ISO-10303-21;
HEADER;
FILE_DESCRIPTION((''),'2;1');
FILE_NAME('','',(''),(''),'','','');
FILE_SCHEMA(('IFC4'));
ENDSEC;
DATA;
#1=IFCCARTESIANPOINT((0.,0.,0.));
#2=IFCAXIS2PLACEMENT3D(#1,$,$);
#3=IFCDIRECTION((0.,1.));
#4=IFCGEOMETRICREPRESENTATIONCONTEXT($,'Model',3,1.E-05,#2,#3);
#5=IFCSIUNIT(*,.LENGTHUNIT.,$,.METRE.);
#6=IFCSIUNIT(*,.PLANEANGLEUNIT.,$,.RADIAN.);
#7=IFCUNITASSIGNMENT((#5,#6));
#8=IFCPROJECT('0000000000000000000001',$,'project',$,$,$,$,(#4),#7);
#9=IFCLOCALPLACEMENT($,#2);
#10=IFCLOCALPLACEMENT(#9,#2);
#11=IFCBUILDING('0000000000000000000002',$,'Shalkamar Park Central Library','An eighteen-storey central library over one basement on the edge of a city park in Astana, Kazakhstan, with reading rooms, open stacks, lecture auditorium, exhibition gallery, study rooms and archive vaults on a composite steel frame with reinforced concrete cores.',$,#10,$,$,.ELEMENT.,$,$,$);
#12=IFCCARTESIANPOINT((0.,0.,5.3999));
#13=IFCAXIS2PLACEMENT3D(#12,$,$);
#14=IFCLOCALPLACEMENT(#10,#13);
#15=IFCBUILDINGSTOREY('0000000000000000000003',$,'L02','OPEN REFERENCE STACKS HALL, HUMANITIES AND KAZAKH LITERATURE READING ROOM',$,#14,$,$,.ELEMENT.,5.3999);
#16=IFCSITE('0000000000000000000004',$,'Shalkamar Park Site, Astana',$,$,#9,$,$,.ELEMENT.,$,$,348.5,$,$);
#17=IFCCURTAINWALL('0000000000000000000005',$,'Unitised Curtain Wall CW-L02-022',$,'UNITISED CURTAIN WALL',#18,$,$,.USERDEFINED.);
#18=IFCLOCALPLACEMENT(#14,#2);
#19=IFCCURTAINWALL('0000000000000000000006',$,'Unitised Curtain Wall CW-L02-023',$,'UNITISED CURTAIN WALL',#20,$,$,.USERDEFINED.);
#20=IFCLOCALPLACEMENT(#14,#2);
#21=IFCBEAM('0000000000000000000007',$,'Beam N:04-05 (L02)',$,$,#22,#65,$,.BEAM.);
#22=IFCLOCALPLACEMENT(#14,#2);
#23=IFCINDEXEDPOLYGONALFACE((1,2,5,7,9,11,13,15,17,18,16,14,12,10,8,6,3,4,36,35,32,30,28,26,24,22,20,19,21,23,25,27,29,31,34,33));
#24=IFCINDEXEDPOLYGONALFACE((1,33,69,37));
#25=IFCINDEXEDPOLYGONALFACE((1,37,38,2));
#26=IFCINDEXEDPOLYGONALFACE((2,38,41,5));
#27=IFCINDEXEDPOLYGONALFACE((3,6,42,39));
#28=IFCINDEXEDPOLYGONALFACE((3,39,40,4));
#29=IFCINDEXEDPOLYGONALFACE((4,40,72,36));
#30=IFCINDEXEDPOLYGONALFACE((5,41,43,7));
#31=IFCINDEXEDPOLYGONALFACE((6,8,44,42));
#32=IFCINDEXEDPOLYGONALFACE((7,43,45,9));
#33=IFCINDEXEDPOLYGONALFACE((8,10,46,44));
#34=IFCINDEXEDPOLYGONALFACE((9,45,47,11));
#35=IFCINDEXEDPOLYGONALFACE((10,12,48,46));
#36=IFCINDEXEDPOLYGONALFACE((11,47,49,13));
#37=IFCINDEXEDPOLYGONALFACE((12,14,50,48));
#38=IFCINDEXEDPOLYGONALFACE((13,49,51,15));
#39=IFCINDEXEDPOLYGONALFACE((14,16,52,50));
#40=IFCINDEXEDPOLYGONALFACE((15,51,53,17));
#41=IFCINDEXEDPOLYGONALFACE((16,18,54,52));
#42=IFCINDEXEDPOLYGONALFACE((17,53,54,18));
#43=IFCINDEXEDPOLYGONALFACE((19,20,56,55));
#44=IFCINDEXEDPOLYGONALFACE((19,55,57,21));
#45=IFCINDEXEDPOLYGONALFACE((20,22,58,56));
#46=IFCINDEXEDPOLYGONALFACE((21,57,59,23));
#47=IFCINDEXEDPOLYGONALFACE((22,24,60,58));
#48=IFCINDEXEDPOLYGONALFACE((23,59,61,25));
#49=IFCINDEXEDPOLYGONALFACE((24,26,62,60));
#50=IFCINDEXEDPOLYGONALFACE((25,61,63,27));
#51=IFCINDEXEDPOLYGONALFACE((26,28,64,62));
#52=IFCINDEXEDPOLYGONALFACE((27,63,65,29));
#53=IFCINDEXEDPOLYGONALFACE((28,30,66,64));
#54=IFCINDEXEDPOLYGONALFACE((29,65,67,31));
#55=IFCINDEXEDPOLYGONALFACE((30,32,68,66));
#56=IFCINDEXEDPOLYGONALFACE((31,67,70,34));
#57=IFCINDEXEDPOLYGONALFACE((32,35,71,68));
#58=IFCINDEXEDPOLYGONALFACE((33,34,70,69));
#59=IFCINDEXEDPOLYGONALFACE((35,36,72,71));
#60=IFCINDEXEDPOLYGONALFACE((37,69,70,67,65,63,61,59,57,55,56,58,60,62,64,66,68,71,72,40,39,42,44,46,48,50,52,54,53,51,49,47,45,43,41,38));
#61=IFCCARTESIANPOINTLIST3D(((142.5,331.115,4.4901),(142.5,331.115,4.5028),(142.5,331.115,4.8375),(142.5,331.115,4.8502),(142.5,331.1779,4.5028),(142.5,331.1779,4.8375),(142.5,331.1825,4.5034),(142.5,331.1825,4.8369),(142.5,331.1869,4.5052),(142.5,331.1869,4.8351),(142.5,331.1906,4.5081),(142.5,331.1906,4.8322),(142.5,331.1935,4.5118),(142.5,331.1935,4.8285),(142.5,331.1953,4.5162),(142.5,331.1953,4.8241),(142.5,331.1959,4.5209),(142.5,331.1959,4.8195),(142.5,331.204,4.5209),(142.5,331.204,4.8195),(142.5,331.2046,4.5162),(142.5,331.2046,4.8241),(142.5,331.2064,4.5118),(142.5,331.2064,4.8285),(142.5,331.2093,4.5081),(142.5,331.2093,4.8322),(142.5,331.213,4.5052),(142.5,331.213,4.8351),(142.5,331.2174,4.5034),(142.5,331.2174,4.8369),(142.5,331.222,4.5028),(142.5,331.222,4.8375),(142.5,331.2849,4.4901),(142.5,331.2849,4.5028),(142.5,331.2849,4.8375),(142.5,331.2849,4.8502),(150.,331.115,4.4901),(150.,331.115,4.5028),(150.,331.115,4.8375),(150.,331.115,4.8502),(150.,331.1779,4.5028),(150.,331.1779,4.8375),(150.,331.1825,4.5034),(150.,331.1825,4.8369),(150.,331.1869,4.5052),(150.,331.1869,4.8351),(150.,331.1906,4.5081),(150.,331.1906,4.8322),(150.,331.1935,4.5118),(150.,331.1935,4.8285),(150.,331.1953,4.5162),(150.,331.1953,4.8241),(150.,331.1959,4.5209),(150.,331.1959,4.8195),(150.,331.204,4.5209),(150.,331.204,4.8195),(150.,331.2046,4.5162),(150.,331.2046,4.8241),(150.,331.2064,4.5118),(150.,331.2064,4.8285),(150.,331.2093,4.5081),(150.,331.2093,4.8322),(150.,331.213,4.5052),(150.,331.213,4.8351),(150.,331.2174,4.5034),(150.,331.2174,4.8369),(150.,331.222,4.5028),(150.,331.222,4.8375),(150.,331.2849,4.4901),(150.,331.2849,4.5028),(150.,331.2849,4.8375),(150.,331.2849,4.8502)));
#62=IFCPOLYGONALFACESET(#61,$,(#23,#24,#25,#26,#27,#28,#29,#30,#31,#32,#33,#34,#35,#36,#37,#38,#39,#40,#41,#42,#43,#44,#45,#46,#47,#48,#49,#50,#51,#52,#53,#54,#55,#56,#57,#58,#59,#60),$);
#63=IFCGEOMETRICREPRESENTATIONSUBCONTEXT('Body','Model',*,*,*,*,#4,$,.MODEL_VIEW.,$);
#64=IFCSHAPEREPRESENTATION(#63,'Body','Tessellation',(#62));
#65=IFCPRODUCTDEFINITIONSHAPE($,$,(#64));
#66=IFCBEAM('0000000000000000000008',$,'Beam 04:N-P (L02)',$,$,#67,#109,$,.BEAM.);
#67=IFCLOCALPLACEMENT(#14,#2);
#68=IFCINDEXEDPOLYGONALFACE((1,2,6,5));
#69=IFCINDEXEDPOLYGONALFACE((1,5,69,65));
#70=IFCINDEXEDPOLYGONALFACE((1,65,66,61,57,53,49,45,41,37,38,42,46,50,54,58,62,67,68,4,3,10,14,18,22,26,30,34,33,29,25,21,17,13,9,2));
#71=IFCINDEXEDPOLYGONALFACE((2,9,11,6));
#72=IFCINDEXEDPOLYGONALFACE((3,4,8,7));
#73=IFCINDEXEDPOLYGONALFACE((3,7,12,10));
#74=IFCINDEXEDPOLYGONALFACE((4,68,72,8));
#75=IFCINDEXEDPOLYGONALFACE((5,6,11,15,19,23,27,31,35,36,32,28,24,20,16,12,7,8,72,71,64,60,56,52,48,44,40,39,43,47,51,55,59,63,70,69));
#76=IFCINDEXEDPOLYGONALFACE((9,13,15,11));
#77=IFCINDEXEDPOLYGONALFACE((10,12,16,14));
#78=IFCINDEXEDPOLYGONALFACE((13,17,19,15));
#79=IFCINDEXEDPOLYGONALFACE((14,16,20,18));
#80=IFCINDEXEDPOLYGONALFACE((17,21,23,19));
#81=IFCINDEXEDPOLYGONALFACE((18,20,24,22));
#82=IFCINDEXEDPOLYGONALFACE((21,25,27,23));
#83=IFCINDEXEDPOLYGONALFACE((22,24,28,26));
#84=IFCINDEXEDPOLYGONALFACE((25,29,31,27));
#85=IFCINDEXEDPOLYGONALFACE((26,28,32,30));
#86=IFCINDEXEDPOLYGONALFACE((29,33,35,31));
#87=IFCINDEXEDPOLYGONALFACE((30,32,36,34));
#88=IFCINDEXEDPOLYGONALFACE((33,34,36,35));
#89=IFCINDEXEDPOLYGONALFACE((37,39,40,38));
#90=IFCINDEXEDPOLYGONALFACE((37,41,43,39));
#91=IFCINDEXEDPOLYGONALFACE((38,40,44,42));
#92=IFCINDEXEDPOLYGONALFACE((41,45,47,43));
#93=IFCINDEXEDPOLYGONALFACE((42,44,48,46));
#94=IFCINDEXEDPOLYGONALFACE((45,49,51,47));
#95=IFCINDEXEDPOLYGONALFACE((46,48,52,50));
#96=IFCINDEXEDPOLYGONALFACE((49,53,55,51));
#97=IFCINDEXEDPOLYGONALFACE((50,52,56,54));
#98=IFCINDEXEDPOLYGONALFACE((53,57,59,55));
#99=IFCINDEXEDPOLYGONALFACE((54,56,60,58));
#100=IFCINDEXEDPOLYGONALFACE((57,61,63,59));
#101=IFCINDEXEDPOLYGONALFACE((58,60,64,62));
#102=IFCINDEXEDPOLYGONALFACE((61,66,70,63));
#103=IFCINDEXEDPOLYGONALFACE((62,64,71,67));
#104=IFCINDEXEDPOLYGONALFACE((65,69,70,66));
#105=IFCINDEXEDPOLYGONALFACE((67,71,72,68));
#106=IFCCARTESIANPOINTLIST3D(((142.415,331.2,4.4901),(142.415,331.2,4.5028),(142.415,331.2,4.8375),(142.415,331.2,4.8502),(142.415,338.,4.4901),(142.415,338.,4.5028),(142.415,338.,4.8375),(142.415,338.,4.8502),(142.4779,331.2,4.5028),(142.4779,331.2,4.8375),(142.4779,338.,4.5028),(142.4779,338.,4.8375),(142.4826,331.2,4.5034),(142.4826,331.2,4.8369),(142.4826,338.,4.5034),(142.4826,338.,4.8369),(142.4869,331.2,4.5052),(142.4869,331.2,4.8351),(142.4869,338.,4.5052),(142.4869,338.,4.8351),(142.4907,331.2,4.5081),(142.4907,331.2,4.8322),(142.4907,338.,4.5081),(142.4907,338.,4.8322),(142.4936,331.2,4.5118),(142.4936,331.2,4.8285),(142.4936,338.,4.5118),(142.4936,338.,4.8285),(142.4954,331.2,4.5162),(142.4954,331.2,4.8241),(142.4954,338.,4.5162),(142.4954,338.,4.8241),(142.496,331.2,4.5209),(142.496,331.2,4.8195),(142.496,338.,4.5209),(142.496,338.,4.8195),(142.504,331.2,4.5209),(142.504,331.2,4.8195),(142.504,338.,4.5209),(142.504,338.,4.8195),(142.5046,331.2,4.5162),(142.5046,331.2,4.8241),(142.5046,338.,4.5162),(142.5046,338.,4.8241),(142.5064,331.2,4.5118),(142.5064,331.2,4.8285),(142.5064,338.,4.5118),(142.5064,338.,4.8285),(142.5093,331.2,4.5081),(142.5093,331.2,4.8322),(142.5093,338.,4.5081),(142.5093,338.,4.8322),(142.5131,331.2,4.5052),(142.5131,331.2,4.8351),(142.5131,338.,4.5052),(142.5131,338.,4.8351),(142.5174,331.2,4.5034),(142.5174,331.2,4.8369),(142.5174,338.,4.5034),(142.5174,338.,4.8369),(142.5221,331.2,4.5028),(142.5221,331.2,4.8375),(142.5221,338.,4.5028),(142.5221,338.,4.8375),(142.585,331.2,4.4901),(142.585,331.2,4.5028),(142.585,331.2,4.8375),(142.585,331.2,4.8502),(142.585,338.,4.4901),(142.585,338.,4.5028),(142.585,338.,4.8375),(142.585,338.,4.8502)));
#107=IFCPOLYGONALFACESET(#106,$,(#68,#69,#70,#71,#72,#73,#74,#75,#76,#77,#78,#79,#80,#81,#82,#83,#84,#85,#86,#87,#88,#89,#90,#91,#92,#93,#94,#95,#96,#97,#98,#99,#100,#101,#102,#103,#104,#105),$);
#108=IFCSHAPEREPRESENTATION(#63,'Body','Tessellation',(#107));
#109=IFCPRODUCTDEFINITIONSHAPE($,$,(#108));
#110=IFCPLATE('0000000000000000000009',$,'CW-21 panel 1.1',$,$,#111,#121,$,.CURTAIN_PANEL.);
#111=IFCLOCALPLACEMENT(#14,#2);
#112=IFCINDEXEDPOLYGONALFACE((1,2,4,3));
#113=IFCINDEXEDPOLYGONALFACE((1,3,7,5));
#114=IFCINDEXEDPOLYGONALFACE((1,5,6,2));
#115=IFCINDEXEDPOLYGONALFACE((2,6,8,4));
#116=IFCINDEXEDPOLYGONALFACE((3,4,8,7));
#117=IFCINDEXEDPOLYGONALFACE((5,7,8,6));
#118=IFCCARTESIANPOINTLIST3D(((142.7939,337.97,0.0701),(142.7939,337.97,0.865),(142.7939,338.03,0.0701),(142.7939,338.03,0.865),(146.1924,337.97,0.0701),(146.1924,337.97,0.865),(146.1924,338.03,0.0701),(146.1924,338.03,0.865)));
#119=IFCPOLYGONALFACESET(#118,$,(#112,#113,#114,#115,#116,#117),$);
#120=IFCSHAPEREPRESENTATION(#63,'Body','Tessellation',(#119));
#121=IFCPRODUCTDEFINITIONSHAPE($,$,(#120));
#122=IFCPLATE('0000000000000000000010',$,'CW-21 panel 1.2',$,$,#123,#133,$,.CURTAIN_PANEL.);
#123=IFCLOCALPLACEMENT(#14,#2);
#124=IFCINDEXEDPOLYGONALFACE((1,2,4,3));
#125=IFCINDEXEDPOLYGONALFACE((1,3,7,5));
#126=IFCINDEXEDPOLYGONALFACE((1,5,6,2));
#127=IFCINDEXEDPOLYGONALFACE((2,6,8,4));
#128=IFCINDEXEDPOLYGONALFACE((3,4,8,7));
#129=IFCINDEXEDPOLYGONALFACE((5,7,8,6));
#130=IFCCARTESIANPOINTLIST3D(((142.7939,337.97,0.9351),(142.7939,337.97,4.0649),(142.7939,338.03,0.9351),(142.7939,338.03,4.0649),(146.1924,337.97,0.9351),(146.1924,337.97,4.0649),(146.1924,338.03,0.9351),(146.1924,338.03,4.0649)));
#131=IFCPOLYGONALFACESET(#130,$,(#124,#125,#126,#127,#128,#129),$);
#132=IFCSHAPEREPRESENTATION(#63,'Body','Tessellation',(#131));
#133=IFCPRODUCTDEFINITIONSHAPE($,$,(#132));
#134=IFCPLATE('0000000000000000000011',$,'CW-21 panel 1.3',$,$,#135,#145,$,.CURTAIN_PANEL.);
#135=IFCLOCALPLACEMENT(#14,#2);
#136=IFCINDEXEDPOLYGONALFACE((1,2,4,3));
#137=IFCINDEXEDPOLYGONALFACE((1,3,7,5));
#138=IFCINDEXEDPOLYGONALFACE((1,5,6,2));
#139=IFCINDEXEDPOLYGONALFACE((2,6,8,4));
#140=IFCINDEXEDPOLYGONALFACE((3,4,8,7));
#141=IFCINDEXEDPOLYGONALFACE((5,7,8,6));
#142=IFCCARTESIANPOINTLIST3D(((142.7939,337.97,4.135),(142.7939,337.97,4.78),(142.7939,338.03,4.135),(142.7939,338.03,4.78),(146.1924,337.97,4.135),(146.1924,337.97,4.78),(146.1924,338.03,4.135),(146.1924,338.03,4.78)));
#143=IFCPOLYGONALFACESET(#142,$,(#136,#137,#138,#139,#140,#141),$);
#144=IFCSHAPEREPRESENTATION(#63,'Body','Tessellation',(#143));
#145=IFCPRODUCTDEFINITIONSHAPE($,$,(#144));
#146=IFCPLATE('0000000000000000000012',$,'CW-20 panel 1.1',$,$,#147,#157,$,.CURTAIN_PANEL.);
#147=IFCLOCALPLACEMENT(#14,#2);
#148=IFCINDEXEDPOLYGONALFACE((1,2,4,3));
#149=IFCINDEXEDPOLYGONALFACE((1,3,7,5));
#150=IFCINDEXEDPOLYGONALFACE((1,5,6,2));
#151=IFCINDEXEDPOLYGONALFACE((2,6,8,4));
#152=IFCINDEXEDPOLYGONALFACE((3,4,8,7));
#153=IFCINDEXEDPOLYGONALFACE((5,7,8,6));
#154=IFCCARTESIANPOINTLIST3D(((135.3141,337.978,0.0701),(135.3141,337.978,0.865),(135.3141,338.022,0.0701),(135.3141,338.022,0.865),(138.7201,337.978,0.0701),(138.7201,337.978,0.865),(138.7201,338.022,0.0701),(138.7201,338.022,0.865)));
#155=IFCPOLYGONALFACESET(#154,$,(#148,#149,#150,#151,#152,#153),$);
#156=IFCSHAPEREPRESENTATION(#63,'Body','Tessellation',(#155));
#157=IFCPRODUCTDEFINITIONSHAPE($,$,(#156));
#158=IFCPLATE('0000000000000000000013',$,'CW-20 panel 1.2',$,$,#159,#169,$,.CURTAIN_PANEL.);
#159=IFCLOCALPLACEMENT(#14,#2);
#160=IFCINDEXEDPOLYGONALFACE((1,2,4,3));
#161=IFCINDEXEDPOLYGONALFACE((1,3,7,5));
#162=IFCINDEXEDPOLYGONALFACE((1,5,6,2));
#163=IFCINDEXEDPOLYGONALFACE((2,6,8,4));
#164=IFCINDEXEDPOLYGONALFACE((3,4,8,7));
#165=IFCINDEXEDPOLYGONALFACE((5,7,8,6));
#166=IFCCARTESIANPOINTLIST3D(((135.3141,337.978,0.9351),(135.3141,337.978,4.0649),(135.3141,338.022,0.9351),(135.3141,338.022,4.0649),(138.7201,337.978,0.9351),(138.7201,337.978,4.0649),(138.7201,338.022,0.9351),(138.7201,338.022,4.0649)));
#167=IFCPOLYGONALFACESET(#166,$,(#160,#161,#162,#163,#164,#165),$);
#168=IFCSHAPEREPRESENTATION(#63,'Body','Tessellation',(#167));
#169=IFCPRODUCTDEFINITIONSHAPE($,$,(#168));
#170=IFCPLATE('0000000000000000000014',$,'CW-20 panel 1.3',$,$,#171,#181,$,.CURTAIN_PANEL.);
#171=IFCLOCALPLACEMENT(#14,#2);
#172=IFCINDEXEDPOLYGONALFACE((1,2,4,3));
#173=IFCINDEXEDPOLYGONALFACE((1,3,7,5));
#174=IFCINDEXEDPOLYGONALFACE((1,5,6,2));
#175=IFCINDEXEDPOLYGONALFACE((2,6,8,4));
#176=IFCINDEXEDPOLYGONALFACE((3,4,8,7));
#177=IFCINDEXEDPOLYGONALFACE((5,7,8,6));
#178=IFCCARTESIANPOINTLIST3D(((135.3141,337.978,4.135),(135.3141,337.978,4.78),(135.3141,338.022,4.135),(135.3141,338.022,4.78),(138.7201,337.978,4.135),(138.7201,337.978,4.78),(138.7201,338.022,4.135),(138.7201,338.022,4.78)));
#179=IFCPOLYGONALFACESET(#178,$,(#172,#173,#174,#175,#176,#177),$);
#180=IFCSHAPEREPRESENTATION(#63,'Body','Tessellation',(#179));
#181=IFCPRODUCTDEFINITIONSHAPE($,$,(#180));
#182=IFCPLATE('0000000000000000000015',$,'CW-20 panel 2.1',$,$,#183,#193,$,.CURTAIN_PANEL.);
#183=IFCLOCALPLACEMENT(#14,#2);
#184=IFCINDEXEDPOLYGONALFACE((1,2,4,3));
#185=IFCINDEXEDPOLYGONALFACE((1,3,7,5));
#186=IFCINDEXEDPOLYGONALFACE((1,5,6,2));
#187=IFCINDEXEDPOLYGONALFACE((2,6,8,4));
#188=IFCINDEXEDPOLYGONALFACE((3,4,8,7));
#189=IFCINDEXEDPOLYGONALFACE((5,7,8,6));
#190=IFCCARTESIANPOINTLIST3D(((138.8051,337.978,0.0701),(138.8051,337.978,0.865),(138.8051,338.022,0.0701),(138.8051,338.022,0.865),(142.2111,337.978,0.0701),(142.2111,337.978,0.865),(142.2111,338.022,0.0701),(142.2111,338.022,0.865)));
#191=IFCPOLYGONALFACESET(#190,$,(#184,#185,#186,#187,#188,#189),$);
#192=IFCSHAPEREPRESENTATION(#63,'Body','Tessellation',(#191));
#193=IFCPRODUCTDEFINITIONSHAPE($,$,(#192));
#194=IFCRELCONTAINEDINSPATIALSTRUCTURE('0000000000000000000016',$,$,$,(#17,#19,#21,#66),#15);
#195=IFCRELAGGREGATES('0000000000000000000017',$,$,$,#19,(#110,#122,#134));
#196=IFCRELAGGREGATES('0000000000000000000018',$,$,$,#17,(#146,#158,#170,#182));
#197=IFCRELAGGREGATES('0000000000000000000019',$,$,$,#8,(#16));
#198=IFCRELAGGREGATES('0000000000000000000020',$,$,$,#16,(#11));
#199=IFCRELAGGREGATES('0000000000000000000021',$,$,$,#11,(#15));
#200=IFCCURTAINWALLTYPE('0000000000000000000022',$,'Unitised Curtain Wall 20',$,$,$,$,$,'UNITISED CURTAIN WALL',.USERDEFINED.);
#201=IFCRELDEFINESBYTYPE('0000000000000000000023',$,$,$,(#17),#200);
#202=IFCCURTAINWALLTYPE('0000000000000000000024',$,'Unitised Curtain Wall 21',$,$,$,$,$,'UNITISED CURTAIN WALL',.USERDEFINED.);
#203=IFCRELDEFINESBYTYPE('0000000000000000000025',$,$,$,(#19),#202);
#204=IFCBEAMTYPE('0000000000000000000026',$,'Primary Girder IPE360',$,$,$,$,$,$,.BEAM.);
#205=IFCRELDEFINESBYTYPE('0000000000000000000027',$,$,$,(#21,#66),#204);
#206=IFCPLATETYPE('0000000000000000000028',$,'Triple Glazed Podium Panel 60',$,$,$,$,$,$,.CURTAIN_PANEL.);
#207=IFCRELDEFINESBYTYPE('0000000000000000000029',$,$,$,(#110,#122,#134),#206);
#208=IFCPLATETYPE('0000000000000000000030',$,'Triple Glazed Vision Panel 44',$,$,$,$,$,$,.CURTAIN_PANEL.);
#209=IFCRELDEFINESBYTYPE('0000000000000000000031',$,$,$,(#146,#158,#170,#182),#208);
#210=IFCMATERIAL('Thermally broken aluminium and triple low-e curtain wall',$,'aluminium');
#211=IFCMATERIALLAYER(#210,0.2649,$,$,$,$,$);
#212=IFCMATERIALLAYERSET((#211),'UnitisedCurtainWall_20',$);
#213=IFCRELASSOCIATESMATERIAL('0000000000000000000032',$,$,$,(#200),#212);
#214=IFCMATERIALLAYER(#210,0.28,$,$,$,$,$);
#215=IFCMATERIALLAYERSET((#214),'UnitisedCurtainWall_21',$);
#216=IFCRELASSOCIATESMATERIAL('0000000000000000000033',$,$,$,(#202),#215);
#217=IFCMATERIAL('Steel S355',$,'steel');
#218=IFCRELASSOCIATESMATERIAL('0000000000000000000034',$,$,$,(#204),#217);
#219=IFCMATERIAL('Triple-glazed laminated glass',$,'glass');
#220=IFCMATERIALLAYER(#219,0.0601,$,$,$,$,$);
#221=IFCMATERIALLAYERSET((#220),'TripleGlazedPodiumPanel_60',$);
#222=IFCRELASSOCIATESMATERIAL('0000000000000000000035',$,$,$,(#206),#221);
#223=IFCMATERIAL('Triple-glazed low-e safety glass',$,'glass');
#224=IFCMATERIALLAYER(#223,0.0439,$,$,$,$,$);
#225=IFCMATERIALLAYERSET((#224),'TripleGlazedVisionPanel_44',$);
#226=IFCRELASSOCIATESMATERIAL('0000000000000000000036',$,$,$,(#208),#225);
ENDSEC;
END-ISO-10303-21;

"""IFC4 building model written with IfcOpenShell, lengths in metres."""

from ifc_helpers import new_model, si_unit, direction, frame, origin, origin_2d, place, context, subcontext, project, spatial, rectangle, i_section, extrude, material, layer, layer_set, material_profile, profile_set, type_object, element, aggregate, save


model = new_model("IFC4")

# Units and contexts
model_context = context("Model", 3, precision=1e-05, world=origin(), true_north=direction((0.0, 1.0)))
body_context = subcontext(model_context, "Body", "Model", "MODEL_VIEW")
ifc_project = project(units=[si_unit("LENGTHUNIT", "METRE"), si_unit("PLANEANGLEUNIT", "RADIAN")], contexts=[model_context])

# Site, building, storey
site_placement = place(None, origin())
site = spatial("IfcSite", under=ifc_project, at=site_placement, Name="Shalkamar Park Site, Astana", CompositionType="ELEMENT", RefElevation=348.5)
building_placement = place(site_placement, origin())
building = spatial("IfcBuilding", under=site, at=building_placement, Name="Shalkamar Park Central Library", Description="An eighteen-storey central library over one basement on the edge of a city park in Astana, Kazakhstan, with reading rooms, open stacks, lecture auditorium, exhibition gallery, study rooms and archive vaults on a composite steel frame with reinforced concrete cores.", CompositionType="ELEMENT")
storey_placement = place(building_placement, frame((0.0, 0.0, 5.3999)))
storey = spatial("IfcBuildingStorey", under=building, at=storey_placement, Name="L02", Description="OPEN REFERENCE STACKS HALL, HUMANITIES AND KAZAKH LITERATURE READING ROOM", CompositionType="ELEMENT", Elevation=5.3999)

# Shared definitions
ifc_material_1 = material(Name="Steel S355", Category="steel")

# Curtain walls
ifc_material_2 = material(Name="Thermally broken aluminium and triple low-e curtain wall", Category="aluminium")
ifc_layer_1 = layer(ifc_material_2, 0.2649)
ifc_layer_set_1 = layer_set([ifc_layer_1], Name="UnitisedCurtainWall_20")
curtain_wall_type_1 = type_object("IfcCurtainWallType", Name="Unitised Curtain Wall 20", ElementType="UNITISED CURTAIN WALL", PredefinedType="USERDEFINED", material=ifc_layer_set_1)
curtain_wall_1_placement = place(storey_placement, origin())
curtain_wall_1 = element("IfcCurtainWall", 1, at=curtain_wall_1_placement, inside=storey, type_object=curtain_wall_type_1, Name="Unitised Curtain Wall CW-L02-022", ObjectType="UNITISED CURTAIN WALL", PredefinedType="USERDEFINED")
ifc_layer_2 = layer(ifc_material_2, 0.28)
ifc_layer_set_2 = layer_set([ifc_layer_2], Name="UnitisedCurtainWall_21")
curtain_wall_type_2 = type_object("IfcCurtainWallType", Name="Unitised Curtain Wall 21", ElementType="UNITISED CURTAIN WALL", PredefinedType="USERDEFINED", material=ifc_layer_set_2)
curtain_wall_2_placement = place(storey_placement, origin())
curtain_wall_2 = element("IfcCurtainWall", 2, at=curtain_wall_2_placement, inside=storey, type_object=curtain_wall_type_2, Name="Unitised Curtain Wall CW-L02-023", ObjectType="UNITISED CURTAIN WALL", PredefinedType="USERDEFINED")

# Beams
ifc_material_profile_1 = material_profile(ifc_material_1, i_section(OverallWidth=0.1699, OverallDepth=0.3601, WebThickness=0.0081, FlangeThickness=0.0127, FilletRadius=0.0181, at=origin_2d()), Name="IPE 360")
ifc_profile_set_1 = profile_set([ifc_material_profile_1], Name="Steel S355")
beam_type_1 = type_object("IfcBeamType", Name="Primary Girder IPE360", PredefinedType="BEAM", material=ifc_profile_set_1)
beam_1_placement = place(storey_placement, frame((142.5, 331.2, 4.6702), z_axis=(1.0, 0.0, 0.0), x_axis=(0.0, 1.0, 0.0)))
element("IfcBeam", 3, at=beam_1_placement, inside=storey, type_object=beam_type_1, Name="Beam N:04-05 (L02)", PredefinedType="BEAM", context=body_context, shape_type="SweptSolid", body=[
    extrude(i_section(OverallWidth=0.1699, OverallDepth=0.3601, WebThickness=0.0081, FlangeThickness=0.0127, FilletRadius=0.0181, at=origin_2d()), origin(), (0.0, 0.0, 1.0), 7.5),
])
beam_2_placement = place(storey_placement, frame((142.5, 331.2, 4.6702), z_axis=(0.0, 1.0, 0.0), x_axis=(-1.0, 0.0, 0.0)))
element("IfcBeam", 4, at=beam_2_placement, inside=storey, type_object=beam_type_1, Name="Beam 04:N-P (L02)", PredefinedType="BEAM", context=body_context, shape_type="SweptSolid", body=[
    extrude(i_section(OverallWidth=0.1699, OverallDepth=0.3601, WebThickness=0.0081, FlangeThickness=0.0127, FilletRadius=0.0181, at=origin_2d()), origin(), (0.0, 0.0, 1.0), 6.8),
])

# Plates
ifc_material_3 = material(Name="Triple-glazed laminated glass", Category="glass")
ifc_layer_3 = layer(ifc_material_3, 0.0601)
ifc_layer_set_3 = layer_set([ifc_layer_3], Name="TripleGlazedPodiumPanel_60")
plate_type_1 = type_object("IfcPlateType", Name="Triple Glazed Podium Panel 60", PredefinedType="CURTAIN_PANEL", material=ifc_layer_set_3)
plate_1_placement = place(storey_placement, frame((144.4932, 338.0, 0.0701), z_axis=(0.0, 0.0, 1.0), x_axis=(1.0, 0.0, 0.0)))
plate_1 = element("IfcPlate", 5, at=plate_1_placement, type_object=plate_type_1, Name="CW-21 panel 1.1", PredefinedType="CURTAIN_PANEL", context=body_context, shape_type="SweptSolid", body=[
    extrude(rectangle(XDim=3.3984, YDim=0.0601, at=origin_2d()), origin(), (0.0, 0.0, 1.0), 0.7949),
])
plate_2_placement = place(storey_placement, frame((144.4932, 338.0, 0.9351), z_axis=(0.0, 0.0, 1.0), x_axis=(1.0, 0.0, 0.0)))
plate_2 = element("IfcPlate", 6, at=plate_2_placement, type_object=plate_type_1, Name="CW-21 panel 1.2", PredefinedType="CURTAIN_PANEL", context=body_context, shape_type="SweptSolid", body=[
    extrude(rectangle(XDim=3.3984, YDim=0.0601, at=origin_2d()), origin(), (0.0, 0.0, 1.0), 3.1299),
])
plate_3_placement = place(storey_placement, frame((144.4932, 338.0, 4.135), z_axis=(0.0, 0.0, 1.0), x_axis=(1.0, 0.0, 0.0)))
plate_3 = element("IfcPlate", 7, at=plate_3_placement, type_object=plate_type_1, Name="CW-21 panel 1.3", PredefinedType="CURTAIN_PANEL", context=body_context, shape_type="SweptSolid", body=[
    extrude(rectangle(XDim=3.3984, YDim=0.0601, at=origin_2d()), origin(), (0.0, 0.0, 1.0), 0.645),
])
aggregate(curtain_wall_2, [plate_1, plate_2, plate_3])
ifc_material_4 = material(Name="Triple-glazed low-e safety glass", Category="glass")
ifc_layer_4 = layer(ifc_material_4, 0.0439)
ifc_layer_set_4 = layer_set([ifc_layer_4], Name="TripleGlazedVisionPanel_44")
plate_type_2 = type_object("IfcPlateType", Name="Triple Glazed Vision Panel 44", PredefinedType="CURTAIN_PANEL", material=ifc_layer_set_4)
plate_4_placement = place(storey_placement, frame((137.0171, 338.0, 0.0701), z_axis=(0.0, 0.0, 1.0), x_axis=(1.0, 0.0, 0.0)))
plate_4 = element("IfcPlate", 8, at=plate_4_placement, type_object=plate_type_2, Name="CW-20 panel 1.1", PredefinedType="CURTAIN_PANEL", context=body_context, shape_type="SweptSolid", body=[
    extrude(rectangle(XDim=3.406, YDim=0.0439, at=origin_2d()), origin(), (0.0, 0.0, 1.0), 0.7949),
])
plate_5_placement = place(storey_placement, frame((137.0171, 338.0, 0.9351), z_axis=(0.0, 0.0, 1.0), x_axis=(1.0, 0.0, 0.0)))
plate_5 = element("IfcPlate", 9, at=plate_5_placement, type_object=plate_type_2, Name="CW-20 panel 1.2", PredefinedType="CURTAIN_PANEL", context=body_context, shape_type="SweptSolid", body=[
    extrude(rectangle(XDim=3.406, YDim=0.0439, at=origin_2d()), origin(), (0.0, 0.0, 1.0), 3.1299),
])
plate_6_placement = place(storey_placement, frame((137.0171, 338.0, 4.135), z_axis=(0.0, 0.0, 1.0), x_axis=(1.0, 0.0, 0.0)))
plate_6 = element("IfcPlate", 10, at=plate_6_placement, type_object=plate_type_2, Name="CW-20 panel 1.3", PredefinedType="CURTAIN_PANEL", context=body_context, shape_type="SweptSolid", body=[
    extrude(rectangle(XDim=3.406, YDim=0.0439, at=origin_2d()), origin(), (0.0, 0.0, 1.0), 0.645),
])
plate_7_placement = place(storey_placement, frame((140.5081, 338.0, 0.0701), z_axis=(0.0, 0.0, 1.0), x_axis=(1.0, 0.0, 0.0)))
plate_7 = element("IfcPlate", 11, at=plate_7_placement, type_object=plate_type_2, Name="CW-20 panel 2.1", PredefinedType="CURTAIN_PANEL", context=body_context, shape_type="SweptSolid", body=[
    extrude(rectangle(XDim=3.406, YDim=0.0439, at=origin_2d()), origin(), (0.0, 0.0, 1.0), 0.7949),
])
aggregate(curtain_wall_1, [plate_4, plate_5, plate_6, plate_7])

save(model, "model.ifc")
